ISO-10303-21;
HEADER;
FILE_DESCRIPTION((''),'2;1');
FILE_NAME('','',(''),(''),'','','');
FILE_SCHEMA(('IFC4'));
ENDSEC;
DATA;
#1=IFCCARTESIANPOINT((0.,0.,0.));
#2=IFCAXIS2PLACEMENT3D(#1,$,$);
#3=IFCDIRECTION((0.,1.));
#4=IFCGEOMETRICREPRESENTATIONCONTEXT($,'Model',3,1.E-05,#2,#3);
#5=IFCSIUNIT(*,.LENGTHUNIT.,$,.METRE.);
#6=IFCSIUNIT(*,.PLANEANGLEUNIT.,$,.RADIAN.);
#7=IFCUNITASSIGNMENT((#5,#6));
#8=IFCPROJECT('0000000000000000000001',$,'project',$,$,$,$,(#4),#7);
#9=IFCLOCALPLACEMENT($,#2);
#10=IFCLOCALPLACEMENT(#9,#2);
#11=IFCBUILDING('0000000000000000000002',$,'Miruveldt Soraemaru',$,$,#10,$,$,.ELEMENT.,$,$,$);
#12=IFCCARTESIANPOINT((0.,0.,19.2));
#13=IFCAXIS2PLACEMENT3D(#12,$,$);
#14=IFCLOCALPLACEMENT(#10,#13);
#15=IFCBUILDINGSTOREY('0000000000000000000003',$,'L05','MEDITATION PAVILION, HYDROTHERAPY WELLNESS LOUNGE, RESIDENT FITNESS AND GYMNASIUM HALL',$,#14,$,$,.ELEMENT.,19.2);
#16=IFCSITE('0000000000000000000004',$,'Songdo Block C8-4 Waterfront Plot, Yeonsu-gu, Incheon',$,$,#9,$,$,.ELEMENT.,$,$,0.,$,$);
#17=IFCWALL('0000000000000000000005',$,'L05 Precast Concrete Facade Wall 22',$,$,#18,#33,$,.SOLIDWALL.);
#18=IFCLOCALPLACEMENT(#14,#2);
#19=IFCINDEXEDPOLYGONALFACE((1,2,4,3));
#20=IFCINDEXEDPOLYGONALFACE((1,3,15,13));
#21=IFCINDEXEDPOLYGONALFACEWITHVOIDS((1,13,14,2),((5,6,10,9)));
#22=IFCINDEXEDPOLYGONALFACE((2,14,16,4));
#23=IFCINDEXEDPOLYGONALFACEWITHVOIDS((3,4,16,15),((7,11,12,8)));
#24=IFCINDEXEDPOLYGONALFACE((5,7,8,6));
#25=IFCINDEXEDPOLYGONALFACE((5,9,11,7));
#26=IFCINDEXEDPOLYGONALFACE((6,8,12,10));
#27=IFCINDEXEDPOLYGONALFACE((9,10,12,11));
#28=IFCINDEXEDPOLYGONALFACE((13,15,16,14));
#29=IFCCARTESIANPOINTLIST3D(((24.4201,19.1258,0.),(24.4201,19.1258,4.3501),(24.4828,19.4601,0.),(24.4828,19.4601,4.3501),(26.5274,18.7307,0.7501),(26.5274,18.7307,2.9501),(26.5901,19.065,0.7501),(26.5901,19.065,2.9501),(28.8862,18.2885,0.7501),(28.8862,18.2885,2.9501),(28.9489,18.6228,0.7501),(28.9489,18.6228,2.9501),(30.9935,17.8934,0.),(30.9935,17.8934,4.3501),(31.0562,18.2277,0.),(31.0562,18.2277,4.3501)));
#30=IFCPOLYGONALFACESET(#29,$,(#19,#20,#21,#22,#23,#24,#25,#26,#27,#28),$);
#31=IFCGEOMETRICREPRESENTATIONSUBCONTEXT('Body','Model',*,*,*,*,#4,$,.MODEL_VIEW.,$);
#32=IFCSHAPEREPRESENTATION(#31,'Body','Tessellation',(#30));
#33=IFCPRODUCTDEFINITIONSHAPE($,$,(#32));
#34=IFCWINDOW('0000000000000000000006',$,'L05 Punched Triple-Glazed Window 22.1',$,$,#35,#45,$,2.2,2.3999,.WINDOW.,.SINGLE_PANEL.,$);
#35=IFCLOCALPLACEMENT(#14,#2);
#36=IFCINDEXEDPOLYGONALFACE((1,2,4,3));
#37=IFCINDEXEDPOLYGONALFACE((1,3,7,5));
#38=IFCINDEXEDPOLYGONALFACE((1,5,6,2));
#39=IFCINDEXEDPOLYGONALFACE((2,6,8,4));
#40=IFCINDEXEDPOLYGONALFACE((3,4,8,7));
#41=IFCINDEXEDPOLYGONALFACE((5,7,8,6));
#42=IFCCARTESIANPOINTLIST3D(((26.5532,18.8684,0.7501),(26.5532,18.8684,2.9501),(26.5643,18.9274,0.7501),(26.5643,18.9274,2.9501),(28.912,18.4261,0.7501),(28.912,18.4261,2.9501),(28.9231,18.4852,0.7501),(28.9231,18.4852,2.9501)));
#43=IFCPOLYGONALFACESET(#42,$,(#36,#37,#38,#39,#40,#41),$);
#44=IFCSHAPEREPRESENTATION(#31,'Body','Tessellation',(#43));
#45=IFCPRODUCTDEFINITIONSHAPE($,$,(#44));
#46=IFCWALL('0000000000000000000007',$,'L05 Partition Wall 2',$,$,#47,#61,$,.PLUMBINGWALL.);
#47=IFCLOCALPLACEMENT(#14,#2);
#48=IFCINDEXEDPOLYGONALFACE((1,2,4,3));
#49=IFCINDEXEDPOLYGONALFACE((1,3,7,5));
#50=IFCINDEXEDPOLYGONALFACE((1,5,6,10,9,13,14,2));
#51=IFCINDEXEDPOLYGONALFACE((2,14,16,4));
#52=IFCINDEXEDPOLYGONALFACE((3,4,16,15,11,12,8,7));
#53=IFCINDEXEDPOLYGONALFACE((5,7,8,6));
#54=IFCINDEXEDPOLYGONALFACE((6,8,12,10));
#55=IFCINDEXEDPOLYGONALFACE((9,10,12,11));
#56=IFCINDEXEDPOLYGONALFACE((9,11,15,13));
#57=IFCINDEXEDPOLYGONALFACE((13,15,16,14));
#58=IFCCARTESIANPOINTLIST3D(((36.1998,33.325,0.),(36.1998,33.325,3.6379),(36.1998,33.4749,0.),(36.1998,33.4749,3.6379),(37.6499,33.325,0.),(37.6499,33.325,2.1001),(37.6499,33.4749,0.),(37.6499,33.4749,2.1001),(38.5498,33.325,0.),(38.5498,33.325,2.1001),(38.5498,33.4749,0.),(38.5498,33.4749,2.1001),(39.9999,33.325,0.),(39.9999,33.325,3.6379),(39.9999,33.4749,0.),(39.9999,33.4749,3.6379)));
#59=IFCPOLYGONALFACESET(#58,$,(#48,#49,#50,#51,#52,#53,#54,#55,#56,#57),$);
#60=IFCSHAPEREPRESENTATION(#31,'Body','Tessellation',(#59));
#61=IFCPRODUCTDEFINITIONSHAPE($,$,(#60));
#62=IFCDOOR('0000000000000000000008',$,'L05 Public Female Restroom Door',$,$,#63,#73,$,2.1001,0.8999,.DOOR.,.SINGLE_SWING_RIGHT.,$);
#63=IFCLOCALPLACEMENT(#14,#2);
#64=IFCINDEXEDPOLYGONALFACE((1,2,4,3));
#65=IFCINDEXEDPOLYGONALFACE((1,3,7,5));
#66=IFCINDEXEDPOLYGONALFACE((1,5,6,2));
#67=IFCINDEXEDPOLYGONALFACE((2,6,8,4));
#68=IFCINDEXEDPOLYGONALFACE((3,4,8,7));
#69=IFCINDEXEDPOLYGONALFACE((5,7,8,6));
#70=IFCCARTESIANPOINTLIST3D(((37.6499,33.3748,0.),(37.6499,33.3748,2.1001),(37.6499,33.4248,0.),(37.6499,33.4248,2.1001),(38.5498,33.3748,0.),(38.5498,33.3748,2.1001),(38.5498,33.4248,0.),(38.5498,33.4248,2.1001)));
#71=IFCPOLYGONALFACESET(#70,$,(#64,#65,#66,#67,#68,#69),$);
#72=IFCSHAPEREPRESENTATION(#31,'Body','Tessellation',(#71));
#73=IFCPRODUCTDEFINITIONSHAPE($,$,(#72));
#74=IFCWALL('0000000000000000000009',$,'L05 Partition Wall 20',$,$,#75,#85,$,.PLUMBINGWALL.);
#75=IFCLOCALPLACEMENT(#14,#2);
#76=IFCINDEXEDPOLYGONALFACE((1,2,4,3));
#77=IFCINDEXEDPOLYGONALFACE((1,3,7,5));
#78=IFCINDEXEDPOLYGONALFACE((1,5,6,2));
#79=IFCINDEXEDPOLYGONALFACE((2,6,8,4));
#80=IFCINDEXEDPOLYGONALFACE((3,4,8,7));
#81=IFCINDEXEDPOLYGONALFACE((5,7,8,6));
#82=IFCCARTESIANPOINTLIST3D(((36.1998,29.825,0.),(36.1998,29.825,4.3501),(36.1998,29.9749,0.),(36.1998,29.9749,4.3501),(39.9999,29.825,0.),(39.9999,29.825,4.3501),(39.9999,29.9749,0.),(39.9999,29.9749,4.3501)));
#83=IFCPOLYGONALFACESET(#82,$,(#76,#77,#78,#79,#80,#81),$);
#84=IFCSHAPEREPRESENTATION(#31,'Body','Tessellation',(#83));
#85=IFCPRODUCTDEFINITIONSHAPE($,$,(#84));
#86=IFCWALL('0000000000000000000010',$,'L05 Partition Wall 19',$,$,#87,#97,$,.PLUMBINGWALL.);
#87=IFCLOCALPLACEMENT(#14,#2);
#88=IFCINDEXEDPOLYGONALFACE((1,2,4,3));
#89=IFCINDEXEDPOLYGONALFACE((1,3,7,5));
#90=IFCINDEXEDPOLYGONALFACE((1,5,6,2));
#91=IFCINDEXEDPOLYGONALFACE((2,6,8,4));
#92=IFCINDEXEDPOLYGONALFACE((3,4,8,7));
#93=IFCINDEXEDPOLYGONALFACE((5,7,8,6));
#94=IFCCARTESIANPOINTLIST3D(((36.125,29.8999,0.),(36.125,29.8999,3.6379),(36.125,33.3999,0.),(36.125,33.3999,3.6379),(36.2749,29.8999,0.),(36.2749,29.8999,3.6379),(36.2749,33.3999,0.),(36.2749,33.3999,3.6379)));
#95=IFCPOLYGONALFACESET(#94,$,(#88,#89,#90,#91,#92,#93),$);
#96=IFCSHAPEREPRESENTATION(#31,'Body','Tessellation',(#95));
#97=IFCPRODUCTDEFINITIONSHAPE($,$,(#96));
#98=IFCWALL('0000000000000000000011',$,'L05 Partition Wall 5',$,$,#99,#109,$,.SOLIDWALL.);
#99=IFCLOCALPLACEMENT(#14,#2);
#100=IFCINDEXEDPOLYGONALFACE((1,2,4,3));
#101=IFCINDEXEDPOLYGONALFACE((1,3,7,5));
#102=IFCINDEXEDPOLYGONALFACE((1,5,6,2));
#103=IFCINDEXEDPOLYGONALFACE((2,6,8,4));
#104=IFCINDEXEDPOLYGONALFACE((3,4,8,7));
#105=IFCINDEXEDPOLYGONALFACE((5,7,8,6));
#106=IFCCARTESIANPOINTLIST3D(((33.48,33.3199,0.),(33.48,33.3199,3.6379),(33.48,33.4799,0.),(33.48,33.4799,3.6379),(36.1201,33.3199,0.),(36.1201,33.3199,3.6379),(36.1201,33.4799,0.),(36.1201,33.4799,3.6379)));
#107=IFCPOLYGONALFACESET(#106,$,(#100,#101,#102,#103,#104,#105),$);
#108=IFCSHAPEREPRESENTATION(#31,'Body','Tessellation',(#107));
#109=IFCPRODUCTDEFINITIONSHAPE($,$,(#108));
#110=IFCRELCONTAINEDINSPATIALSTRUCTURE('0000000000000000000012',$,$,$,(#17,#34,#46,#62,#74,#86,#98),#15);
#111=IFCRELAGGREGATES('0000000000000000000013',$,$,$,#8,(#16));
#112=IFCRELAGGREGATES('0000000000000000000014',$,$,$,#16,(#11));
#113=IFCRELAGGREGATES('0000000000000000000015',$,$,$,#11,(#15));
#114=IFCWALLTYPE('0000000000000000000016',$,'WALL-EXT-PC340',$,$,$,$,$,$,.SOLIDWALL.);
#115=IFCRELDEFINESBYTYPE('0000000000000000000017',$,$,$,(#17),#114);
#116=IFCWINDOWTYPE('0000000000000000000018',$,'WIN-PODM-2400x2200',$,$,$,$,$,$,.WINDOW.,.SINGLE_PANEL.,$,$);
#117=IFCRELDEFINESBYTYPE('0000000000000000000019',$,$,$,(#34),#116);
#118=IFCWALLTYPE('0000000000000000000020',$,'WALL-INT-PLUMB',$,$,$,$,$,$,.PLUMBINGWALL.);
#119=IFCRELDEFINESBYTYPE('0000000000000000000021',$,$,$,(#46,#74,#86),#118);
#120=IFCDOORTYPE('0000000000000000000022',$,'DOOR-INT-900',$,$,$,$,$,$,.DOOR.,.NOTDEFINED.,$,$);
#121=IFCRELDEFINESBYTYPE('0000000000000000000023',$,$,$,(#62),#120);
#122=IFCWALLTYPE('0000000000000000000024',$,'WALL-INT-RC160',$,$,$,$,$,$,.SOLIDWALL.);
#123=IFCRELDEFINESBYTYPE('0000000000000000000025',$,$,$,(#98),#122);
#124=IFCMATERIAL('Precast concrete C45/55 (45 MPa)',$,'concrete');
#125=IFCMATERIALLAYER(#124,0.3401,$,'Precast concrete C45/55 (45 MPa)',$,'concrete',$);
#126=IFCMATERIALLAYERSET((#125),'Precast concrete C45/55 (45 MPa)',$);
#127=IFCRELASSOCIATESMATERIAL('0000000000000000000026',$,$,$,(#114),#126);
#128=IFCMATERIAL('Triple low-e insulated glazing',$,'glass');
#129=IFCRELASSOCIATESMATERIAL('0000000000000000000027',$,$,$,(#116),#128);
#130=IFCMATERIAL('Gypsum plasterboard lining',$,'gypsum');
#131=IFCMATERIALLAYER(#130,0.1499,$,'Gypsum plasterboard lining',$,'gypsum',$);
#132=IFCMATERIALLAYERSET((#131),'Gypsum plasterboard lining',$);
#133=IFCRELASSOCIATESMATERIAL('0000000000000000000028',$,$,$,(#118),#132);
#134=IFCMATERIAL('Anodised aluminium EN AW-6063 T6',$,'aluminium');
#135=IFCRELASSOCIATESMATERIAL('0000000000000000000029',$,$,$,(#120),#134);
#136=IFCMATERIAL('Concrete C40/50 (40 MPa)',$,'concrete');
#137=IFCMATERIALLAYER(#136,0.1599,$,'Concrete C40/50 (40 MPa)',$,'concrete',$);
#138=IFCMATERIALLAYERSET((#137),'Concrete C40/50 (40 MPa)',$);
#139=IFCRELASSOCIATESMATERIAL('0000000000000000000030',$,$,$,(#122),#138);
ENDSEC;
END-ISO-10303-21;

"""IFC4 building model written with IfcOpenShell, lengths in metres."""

from ifc_helpers import new_model, si_unit, direction, frame, frame_2d, origin, place, context, subcontext, project, spatial, rectangle, extrude, material, layer, layer_set, type_object, element, fill, save


model = new_model("IFC4")

# Units and contexts
model_context = context("Model", 3, precision=1e-05, world=origin(), true_north=direction((0.0, 1.0)))
body_context = subcontext(model_context, "Body", "Model", "MODEL_VIEW")
ifc_project = project(units=[si_unit("LENGTHUNIT", "METRE"), si_unit("PLANEANGLEUNIT", "RADIAN")], contexts=[model_context])

# Site, building, storey
site_placement = place(None, origin())
site = spatial("IfcSite", under=ifc_project, at=site_placement, Name="Songdo Block C8-4 Waterfront Plot, Yeonsu-gu, Incheon", CompositionType="ELEMENT", RefElevation=0.0)
building_placement = place(site_placement, origin())
building = spatial("IfcBuilding", under=site, at=building_placement, Name="Miruveldt Soraemaru", CompositionType="ELEMENT")
storey_placement = place(building_placement, frame((0.0, 0.0, 19.2)))
storey = spatial("IfcBuildingStorey", under=building, at=storey_placement, Name="L05", Description="MEDITATION PAVILION, HYDROTHERAPY WELLNESS LOUNGE, RESIDENT FITNESS AND GYMNASIUM HALL", CompositionType="ELEMENT", Elevation=19.2)

# Wall, opening, window
ifc_material_1 = material(Name="Precast concrete C45/55 (45 MPa)", Category="concrete")
ifc_layer_1 = layer(ifc_material_1, 0.3401, Name="Precast concrete C45/55 (45 MPa)", Category="concrete")
ifc_layer_set_1 = layer_set([ifc_layer_1], Name="Precast concrete C45/55 (45 MPa)")
wall_type_1 = type_object("IfcWallType", Name="WALL-EXT-PC340", PredefinedType="SOLIDWALL", material=ifc_layer_set_1)
wall_1_placement = place(storey_placement, frame((24.4514, 19.293, 0.0), z_axis=(0.0, 0.0, 1.0), x_axis=(0.982875, -0.184273, 0.0)))
wall_1 = element("IfcWall", 1, at=wall_1_placement, inside=storey, type_object=wall_type_1, Name="L05 Precast Concrete Facade Wall 22", PredefinedType="SOLIDWALL", context=body_context, shape_type="SweptSolid", body=[
    extrude(rectangle(XDim=6.688, YDim=0.3401, at=frame_2d((3.344, 0.0))), origin(), (0.0, 0.0, 1.0), 4.3501),
])
opening_1_placement = place(wall_1_placement, frame((2.144, 0.0, 0.75)))
opening_1 = element("IfcOpeningElement", 2, at=opening_1_placement, cuts=wall_1, PredefinedType="OPENING", context=body_context, shape_type="SweptSolid", body=[
    extrude(rectangle(XDim=2.3999, YDim=2.2, at=frame_2d((1.2, 1.1001))), frame((0.0, 0.1802, 0.0), z_axis=(0.0, -1.0, 0.0), x_axis=(1.0, 0.0, 0.0)), (0.0, 0.0, 1.0), 0.3601),
])
ifc_material_2 = material(Name="Triple low-e insulated glazing", Category="glass")
window_type = type_object("IfcWindowType", Name="WIN-PODM-2400x2200", PartitioningType="SINGLE_PANEL", PredefinedType="WINDOW", material=ifc_material_2)
window_placement = place(opening_1_placement, origin())
window = element("IfcWindow", 3, at=window_placement, inside=storey, type_object=window_type, Name="L05 Punched Triple-Glazed Window 22.1", OverallHeight=2.2, OverallWidth=2.3999, PartitioningType="SINGLE_PANEL", PredefinedType="WINDOW", context=body_context, shape_type="SweptSolid", body=[
    extrude(rectangle(XDim=2.3999, YDim=2.2, at=frame_2d((1.2, 1.1001))), frame((0.0, 0.03, 0.0), z_axis=(0.0, -1.0, 0.0), x_axis=(1.0, 0.0, 0.0)), (0.0, 0.0, 1.0), 0.0601),
])
fill(opening_1, window)

# Wall, opening, door
ifc_material_3 = material(Name="Gypsum plasterboard lining", Category="gypsum")
ifc_layer_2 = layer(ifc_material_3, 0.1499, Name="Gypsum plasterboard lining", Category="gypsum")
ifc_layer_set_2 = layer_set([ifc_layer_2], Name="Gypsum plasterboard lining")
wall_type_2 = type_object("IfcWallType", Name="WALL-INT-PLUMB", PredefinedType="PLUMBINGWALL", material=ifc_layer_set_2)
wall_2_placement = place(storey_placement, frame((36.2, 33.3999, 0.0), z_axis=(0.0, 0.0, 1.0), x_axis=(1.0, 0.0, 0.0)))
wall_2 = element("IfcWall", 4, at=wall_2_placement, inside=storey, type_object=wall_type_2, Name="L05 Partition Wall 2", PredefinedType="PLUMBINGWALL", context=body_context, shape_type="SweptSolid", body=[
    extrude(rectangle(XDim=3.8, YDim=0.1499, at=frame_2d((1.8999, 0.0))), origin(), (0.0, 0.0, 1.0), 3.6379),
])
opening_2_placement = place(wall_2_placement, frame((1.45, 0.0, 0.0)))
opening_2 = element("IfcOpeningElement", 5, at=opening_2_placement, cuts=wall_2, PredefinedType="OPENING", context=body_context, shape_type="SweptSolid", body=[
    extrude(rectangle(XDim=0.8999, YDim=2.1001, at=frame_2d((0.45, 1.05))), frame((0.0, 0.085, 0.0), z_axis=(0.0, -1.0, 0.0), x_axis=(1.0, 0.0, 0.0)), (0.0, 0.0, 1.0), 0.1699),
])
ifc_material_4 = material(Name="Anodised aluminium EN AW-6063 T6", Category="aluminium")
door_type = type_object("IfcDoorType", Name="DOOR-INT-900", OperationType="NOTDEFINED", PredefinedType="DOOR", material=ifc_material_4)
door_placement = place(opening_2_placement, origin())
door = element("IfcDoor", 6, at=door_placement, inside=storey, type_object=door_type, Name="L05 Public Female Restroom Door", OperationType="SINGLE_SWING_RIGHT", OverallHeight=2.1001, OverallWidth=0.8999, PredefinedType="DOOR", context=body_context, shape_type="SweptSolid", body=[
    extrude(rectangle(XDim=0.8999, YDim=2.1001, at=frame_2d((0.45, 1.05))), frame((0.0, 0.0249, 0.0), z_axis=(0.0, -1.0, 0.0), x_axis=(1.0, 0.0, 0.0)), (0.0, 0.0, 1.0), 0.05),
])
fill(opening_2, door)

# Walls
wall_3_placement = place(storey_placement, frame((36.2, 29.8999, 0.0), z_axis=(0.0, 0.0, 1.0), x_axis=(1.0, 0.0, 0.0)))
element("IfcWall", 7, at=wall_3_placement, inside=storey, type_object=wall_type_2, Name="L05 Partition Wall 20", PredefinedType="PLUMBINGWALL", context=body_context, shape_type="SweptSolid", body=[
    extrude(rectangle(XDim=3.8, YDim=0.1499, at=frame_2d((1.8999, 0.0))), origin(), (0.0, 0.0, 1.0), 4.3501),
])
wall_4_placement = place(storey_placement, frame((36.2, 33.3999, 0.0), z_axis=(0.0, 0.0, 1.0), x_axis=(0.0, -1.0, 0.0)))
element("IfcWall", 8, at=wall_4_placement, inside=storey, type_object=wall_type_2, Name="L05 Partition Wall 19", PredefinedType="PLUMBINGWALL", context=body_context, shape_type="SweptSolid", body=[
    extrude(rectangle(XDim=3.5, YDim=0.1499, at=frame_2d((1.75, 0.0))), origin(), (0.0, 0.0, 1.0), 3.6379),
])
ifc_material_5 = material(Name="Concrete C40/50 (40 MPa)", Category="concrete")
ifc_layer_3 = layer(ifc_material_5, 0.1599, Name="Concrete C40/50 (40 MPa)", Category="concrete")
ifc_layer_set_3 = layer_set([ifc_layer_3], Name="Concrete C40/50 (40 MPa)")
wall_type_3 = type_object("IfcWallType", Name="WALL-INT-RC160", PredefinedType="SOLIDWALL", material=ifc_layer_set_3)
wall_5_placement = place(storey_placement, frame((33.48, 33.3999, 0.0), z_axis=(0.0, 0.0, 1.0), x_axis=(1.0, 0.0, 0.0)))
element("IfcWall", 9, at=wall_5_placement, inside=storey, type_object=wall_type_3, Name="L05 Partition Wall 5", PredefinedType="SOLIDWALL", context=body_context, shape_type="SweptSolid", body=[
    extrude(rectangle(XDim=2.6401, YDim=0.1599, at=frame_2d((1.3201, 0.0))), origin(), (0.0, 0.0, 1.0), 3.6379),
])

save(model, "model.ifc")
